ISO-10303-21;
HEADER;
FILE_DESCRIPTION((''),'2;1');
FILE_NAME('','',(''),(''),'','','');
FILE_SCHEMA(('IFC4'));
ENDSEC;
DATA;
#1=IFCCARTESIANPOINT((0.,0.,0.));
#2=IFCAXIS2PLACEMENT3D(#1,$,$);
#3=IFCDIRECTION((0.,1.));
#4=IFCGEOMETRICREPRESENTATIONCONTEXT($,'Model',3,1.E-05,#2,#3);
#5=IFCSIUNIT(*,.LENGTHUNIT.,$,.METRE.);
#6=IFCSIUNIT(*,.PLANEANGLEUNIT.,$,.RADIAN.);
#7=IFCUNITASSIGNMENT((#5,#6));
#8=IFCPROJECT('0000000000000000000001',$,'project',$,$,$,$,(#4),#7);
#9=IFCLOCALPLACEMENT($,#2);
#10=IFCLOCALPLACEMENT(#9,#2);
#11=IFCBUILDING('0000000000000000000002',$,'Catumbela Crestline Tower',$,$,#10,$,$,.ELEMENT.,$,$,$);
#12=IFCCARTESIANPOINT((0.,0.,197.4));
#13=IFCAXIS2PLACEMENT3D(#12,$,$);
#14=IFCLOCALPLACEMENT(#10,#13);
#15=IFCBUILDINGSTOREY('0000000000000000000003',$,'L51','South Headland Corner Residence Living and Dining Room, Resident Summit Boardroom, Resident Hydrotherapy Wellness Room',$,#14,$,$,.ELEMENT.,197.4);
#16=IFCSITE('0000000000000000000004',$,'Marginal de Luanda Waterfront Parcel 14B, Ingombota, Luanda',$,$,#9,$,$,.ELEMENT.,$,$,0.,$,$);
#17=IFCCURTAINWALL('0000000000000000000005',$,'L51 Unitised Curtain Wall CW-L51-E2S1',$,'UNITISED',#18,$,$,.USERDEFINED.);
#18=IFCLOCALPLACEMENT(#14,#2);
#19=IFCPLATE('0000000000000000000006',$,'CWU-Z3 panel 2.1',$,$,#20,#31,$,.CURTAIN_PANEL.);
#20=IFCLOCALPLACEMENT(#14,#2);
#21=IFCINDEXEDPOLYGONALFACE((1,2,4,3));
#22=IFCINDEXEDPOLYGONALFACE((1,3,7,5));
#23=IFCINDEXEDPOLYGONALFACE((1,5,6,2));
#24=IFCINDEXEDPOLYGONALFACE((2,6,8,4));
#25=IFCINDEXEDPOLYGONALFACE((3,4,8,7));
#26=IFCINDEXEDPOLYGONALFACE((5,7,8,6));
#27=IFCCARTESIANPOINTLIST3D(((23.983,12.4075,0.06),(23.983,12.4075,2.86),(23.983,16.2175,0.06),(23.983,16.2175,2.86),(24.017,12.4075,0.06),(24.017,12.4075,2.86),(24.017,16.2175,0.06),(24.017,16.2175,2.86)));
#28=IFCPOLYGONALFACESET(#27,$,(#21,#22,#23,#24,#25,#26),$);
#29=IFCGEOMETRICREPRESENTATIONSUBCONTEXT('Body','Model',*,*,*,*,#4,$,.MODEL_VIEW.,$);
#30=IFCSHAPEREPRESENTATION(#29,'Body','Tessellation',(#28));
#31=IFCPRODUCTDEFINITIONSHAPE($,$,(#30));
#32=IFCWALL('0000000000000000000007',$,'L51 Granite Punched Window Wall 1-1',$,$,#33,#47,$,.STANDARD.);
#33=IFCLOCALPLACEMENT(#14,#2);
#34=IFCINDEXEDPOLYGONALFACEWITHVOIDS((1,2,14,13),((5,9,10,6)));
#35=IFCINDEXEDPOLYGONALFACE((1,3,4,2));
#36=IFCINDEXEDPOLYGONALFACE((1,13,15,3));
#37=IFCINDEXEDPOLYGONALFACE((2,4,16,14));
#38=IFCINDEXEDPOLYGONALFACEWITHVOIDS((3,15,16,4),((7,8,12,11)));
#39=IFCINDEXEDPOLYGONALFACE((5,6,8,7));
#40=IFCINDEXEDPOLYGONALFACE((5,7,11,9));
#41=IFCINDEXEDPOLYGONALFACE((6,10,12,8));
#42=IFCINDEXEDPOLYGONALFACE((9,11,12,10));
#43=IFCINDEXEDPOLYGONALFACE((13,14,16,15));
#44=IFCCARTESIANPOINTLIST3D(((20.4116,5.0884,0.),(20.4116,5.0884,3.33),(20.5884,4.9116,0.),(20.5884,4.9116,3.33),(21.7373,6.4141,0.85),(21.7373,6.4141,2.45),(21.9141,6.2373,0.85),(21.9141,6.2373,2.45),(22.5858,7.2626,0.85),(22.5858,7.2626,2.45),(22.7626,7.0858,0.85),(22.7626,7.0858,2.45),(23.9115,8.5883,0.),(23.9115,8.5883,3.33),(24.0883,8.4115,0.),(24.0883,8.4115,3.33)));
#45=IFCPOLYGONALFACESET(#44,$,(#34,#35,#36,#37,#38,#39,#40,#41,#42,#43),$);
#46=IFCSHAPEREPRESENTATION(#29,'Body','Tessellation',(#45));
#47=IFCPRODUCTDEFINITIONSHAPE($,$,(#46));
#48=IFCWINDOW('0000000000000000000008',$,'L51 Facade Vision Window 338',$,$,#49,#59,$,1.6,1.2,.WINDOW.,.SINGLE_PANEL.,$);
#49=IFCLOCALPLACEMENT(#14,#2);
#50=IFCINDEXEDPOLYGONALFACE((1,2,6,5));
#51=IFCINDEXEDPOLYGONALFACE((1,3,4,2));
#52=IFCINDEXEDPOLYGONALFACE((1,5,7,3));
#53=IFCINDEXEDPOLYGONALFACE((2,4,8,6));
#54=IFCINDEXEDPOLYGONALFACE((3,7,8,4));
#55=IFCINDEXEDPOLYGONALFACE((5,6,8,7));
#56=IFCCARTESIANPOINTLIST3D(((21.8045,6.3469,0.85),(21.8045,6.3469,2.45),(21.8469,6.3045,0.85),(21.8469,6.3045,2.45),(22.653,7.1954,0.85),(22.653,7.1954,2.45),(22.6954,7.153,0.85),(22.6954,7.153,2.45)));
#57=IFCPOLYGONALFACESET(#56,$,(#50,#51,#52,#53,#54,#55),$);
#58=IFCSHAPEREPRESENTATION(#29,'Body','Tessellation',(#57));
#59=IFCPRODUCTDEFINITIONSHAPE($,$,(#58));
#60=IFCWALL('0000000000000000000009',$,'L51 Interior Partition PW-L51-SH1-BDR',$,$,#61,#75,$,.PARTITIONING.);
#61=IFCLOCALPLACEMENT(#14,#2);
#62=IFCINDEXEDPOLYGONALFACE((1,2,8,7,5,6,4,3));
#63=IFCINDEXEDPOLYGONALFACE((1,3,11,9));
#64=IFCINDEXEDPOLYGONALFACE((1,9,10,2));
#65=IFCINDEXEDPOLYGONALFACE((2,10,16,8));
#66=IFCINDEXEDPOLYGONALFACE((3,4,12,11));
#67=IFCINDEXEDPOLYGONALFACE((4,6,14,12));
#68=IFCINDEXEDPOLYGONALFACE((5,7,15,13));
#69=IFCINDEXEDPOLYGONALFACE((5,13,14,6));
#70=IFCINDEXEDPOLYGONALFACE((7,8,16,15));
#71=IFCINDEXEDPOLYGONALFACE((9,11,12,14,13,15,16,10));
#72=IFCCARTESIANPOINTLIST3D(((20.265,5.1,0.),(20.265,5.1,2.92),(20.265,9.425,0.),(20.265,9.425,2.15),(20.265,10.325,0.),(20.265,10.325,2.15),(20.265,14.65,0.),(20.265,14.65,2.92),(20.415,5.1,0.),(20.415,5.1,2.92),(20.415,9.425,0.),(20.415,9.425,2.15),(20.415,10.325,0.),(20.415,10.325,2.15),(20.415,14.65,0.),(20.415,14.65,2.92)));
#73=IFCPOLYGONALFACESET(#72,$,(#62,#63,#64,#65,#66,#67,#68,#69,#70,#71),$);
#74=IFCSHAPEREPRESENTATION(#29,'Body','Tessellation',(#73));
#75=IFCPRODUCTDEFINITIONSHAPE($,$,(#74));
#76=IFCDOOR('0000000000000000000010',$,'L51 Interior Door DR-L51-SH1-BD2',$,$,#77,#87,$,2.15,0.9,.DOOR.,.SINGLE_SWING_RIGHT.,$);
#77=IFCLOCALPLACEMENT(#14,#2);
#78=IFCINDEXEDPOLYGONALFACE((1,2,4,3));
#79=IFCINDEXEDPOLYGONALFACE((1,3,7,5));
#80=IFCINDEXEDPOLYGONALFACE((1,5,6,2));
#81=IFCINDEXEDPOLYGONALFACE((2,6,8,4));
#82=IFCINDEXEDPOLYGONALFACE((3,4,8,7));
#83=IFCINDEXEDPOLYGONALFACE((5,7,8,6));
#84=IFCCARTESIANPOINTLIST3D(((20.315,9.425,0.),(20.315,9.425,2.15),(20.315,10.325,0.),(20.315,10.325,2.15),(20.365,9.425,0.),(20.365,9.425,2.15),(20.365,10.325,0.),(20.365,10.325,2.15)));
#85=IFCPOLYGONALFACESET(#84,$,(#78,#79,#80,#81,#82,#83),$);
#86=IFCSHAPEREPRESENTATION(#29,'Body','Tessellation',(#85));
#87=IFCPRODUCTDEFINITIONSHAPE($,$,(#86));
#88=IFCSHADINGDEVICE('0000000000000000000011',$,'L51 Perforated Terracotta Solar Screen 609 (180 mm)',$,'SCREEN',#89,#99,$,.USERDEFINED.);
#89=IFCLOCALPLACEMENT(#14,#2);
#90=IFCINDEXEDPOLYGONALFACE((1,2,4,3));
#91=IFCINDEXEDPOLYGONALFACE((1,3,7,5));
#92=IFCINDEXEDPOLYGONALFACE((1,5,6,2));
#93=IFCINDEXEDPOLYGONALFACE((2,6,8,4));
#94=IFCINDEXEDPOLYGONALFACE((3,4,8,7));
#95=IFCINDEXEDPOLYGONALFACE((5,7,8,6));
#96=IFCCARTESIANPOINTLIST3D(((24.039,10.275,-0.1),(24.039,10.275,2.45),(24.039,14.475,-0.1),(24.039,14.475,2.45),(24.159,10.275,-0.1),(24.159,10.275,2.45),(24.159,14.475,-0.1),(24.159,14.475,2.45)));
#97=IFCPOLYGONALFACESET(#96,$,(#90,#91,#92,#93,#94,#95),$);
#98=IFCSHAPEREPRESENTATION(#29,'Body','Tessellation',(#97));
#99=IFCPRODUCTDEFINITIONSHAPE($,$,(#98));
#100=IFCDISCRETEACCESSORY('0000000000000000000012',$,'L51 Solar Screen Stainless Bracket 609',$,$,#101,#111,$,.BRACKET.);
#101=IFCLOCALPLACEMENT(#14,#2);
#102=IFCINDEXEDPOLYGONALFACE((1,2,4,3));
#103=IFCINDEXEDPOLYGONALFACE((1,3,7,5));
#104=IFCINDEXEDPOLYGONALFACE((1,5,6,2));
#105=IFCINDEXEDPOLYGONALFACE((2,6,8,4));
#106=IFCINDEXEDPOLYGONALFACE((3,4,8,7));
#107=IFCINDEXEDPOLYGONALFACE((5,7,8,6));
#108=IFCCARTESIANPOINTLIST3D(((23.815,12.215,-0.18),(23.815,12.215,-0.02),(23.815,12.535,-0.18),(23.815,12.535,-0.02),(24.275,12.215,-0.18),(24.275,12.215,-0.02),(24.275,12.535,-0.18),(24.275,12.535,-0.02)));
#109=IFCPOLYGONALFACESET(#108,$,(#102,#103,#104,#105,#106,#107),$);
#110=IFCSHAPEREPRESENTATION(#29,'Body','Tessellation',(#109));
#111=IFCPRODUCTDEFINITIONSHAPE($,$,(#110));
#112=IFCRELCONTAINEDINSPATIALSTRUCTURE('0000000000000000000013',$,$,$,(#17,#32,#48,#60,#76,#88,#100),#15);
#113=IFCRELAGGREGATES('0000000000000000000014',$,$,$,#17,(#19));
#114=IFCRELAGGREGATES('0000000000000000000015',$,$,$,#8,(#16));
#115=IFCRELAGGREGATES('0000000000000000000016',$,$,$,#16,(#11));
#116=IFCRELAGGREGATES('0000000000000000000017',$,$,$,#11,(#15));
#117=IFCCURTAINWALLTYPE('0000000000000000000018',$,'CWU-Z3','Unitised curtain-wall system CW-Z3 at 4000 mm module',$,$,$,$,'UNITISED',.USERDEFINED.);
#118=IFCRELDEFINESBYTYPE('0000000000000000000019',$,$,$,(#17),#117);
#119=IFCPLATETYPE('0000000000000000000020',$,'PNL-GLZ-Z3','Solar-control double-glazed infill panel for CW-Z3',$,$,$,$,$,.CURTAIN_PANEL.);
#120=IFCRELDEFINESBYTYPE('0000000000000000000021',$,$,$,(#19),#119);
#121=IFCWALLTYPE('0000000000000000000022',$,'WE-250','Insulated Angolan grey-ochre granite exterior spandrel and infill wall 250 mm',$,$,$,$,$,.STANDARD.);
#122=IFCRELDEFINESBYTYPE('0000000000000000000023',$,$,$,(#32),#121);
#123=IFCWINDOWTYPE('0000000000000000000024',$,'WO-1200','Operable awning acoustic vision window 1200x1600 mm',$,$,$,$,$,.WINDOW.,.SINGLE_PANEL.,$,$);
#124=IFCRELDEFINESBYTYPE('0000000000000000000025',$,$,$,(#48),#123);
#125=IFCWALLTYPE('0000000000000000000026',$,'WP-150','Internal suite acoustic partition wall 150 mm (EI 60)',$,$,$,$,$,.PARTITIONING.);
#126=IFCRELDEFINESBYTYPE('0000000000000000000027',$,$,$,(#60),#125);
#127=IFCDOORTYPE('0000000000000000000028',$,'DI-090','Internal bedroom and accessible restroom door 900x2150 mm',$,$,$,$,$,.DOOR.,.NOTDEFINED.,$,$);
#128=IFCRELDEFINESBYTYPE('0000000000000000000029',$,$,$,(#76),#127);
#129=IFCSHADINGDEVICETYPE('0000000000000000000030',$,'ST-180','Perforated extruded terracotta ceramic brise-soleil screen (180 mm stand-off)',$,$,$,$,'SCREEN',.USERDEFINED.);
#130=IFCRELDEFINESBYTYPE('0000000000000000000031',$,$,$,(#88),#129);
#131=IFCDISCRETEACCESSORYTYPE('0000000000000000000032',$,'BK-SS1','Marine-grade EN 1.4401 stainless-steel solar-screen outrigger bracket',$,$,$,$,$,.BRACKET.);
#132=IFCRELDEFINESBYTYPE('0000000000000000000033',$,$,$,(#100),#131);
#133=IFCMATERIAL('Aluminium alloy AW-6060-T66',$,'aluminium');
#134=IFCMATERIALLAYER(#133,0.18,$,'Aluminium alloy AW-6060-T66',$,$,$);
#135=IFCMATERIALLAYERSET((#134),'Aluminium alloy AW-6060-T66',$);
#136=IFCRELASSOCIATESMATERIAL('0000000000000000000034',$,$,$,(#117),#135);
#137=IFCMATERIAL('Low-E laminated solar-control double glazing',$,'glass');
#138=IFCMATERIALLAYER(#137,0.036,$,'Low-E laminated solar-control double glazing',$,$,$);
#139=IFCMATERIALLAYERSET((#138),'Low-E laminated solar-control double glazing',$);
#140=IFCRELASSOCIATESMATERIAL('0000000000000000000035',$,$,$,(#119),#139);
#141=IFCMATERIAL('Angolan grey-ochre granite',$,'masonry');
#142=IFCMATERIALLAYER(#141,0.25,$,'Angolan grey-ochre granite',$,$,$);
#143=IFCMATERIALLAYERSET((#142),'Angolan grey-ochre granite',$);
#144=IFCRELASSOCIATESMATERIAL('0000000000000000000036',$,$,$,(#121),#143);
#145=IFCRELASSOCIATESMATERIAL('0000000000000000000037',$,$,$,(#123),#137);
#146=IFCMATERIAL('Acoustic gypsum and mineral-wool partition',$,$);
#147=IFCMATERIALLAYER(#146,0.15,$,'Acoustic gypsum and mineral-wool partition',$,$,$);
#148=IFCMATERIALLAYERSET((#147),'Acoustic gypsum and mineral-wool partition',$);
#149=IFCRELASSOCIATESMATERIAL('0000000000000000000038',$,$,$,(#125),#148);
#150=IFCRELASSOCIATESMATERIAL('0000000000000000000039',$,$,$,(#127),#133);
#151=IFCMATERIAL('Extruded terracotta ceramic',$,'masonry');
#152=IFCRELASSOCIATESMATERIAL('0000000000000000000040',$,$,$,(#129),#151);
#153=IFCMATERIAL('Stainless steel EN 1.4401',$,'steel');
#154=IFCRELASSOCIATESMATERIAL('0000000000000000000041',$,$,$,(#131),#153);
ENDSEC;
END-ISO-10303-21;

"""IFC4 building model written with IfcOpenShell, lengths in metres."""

from ifc_helpers import new_model, si_unit, direction, frame, frame_2d, origin, origin_2d, place, context, subcontext, project, spatial, rectangle, extrude, material, layer, layer_set, type_object, element, fill, aggregate, save


model = new_model("IFC4")

# Units and contexts
model_context = context("Model", 3, precision=1e-05, world=origin(), true_north=direction((0.0, 1.0)))
body_context = subcontext(model_context, "Body", "Model", "MODEL_VIEW")
ifc_project = project(units=[si_unit("LENGTHUNIT", "METRE"), si_unit("PLANEANGLEUNIT", "RADIAN")], contexts=[model_context])

# Site, building, storey
site_placement = place(None, origin())
site = spatial("IfcSite", under=ifc_project, at=site_placement, Name="Marginal de Luanda Waterfront Parcel 14B, Ingombota, Luanda", CompositionType="ELEMENT", RefElevation=0.0)
building_placement = place(site_placement, origin())
building = spatial("IfcBuilding", under=site, at=building_placement, Name="Catumbela Crestline Tower", CompositionType="ELEMENT")
storey_placement = place(building_placement, frame((0.0, 0.0, 197.4)))
storey = spatial("IfcBuildingStorey", under=building, at=storey_placement, Name="L51", Description="South Headland Corner Residence Living and Dining Room, Resident Summit Boardroom, Resident Hydrotherapy Wellness Room", CompositionType="ELEMENT", Elevation=197.4)

# Shared definitions
ifc_material_1 = material(Name="Aluminium alloy AW-6060-T66", Category="aluminium")
ifc_layer_1 = layer(ifc_material_1, 0.18, Name="Aluminium alloy AW-6060-T66")
ifc_layer_set_1 = layer_set([ifc_layer_1], Name="Aluminium alloy AW-6060-T66")
curtain_wall_type = type_object("IfcCurtainWallType", Name="CWU-Z3", Description="Unitised curtain-wall system CW-Z3 at 4000 mm module", ElementType="UNITISED", PredefinedType="USERDEFINED", material=ifc_layer_set_1)

# Curtain wall
curtain_wall_1_placement = place(storey_placement, origin())
curtain_wall_1 = element("IfcCurtainWall", 1, at=curtain_wall_1_placement, inside=storey, type_object=curtain_wall_type, Name="L51 Unitised Curtain Wall CW-L51-E2S1", ObjectType="UNITISED", PredefinedType="USERDEFINED")

# Plate
ifc_material_2 = material(Name="Low-E laminated solar-control double glazing", Category="glass")
ifc_layer_2 = layer(ifc_material_2, 0.036, Name="Low-E laminated solar-control double glazing")
ifc_layer_set_2 = layer_set([ifc_layer_2], Name="Low-E laminated solar-control double glazing")
plate_type = type_object("IfcPlateType", Name="PNL-GLZ-Z3", Description="Solar-control double-glazed infill panel for CW-Z3", PredefinedType="CURTAIN_PANEL", material=ifc_layer_set_2)
plate_1_placement = place(storey_placement, frame((24.0, 14.3125, 0.06), z_axis=(0.0, 0.0, 1.0), x_axis=(0.0, 1.0, 0.0)))
plate_1 = element("IfcPlate", 2, at=plate_1_placement, type_object=plate_type, Name="CWU-Z3 panel 2.1", PredefinedType="CURTAIN_PANEL", context=body_context, shape_type="SweptSolid", body=[
    extrude(rectangle(XDim=3.81, YDim=0.034, at=origin_2d()), origin(), (0.0, 0.0, 1.0), 2.8),
])
aggregate(curtain_wall_1, [plate_1])

# Wall, opening, window
ifc_material_3 = material(Name="Angolan grey-ochre granite", Category="masonry")
ifc_layer_3 = layer(ifc_material_3, 0.25, Name="Angolan grey-ochre granite")
ifc_layer_set_3 = layer_set([ifc_layer_3], Name="Angolan grey-ochre granite")
wall_type_1 = type_object("IfcWallType", Name="WE-250", Description="Insulated Angolan grey-ochre granite exterior spandrel and infill wall 250 mm", PredefinedType="STANDARD", material=ifc_layer_set_3)
wall_1_placement = place(storey_placement, frame((20.5, 5.0, 0.0), z_axis=(0.0, 0.0, 1.0), x_axis=(0.707107, 0.707107, 0.0)))
wall_1 = element("IfcWall", 3, at=wall_1_placement, inside=storey, type_object=wall_type_1, Name="L51 Granite Punched Window Wall 1-1", PredefinedType="STANDARD", context=body_context, shape_type="SweptSolid", body=[
    extrude(rectangle(XDim=4.9497, YDim=0.25, at=frame_2d((2.4748, 0.0))), origin(), (0.0, 0.0, 1.0), 3.33),
])
opening_1_placement = place(wall_1_placement, frame((1.8748, 0.0, 0.85)))
opening_1 = element("IfcOpeningElement", 4, at=opening_1_placement, cuts=wall_1, PredefinedType="OPENING", context=body_context, shape_type="SweptSolid", body=[
    extrude(rectangle(XDim=1.2, YDim=1.6, at=frame_2d((0.6, 0.8))), frame((0.0, 0.135, 0.0), z_axis=(0.0, -1.0, 0.0), x_axis=(1.0, 0.0, 0.0)), (0.0, 0.0, 1.0), 0.27),
])
window_type = type_object("IfcWindowType", Name="WO-1200", Description="Operable awning acoustic vision window 1200x1600 mm", PartitioningType="SINGLE_PANEL", PredefinedType="WINDOW", material=ifc_material_2)
window_placement = place(opening_1_placement, origin())
window = element("IfcWindow", 5, at=window_placement, inside=storey, type_object=window_type, Name="L51 Facade Vision Window 338", OverallHeight=1.6, OverallWidth=1.2, PartitioningType="SINGLE_PANEL", PredefinedType="WINDOW", context=body_context, shape_type="SweptSolid", body=[
    extrude(rectangle(XDim=1.2, YDim=1.6, at=frame_2d((0.6, 0.8))), frame((0.0, 0.03, 0.0), z_axis=(0.0, -1.0, 0.0), x_axis=(1.0, 0.0, 0.0)), (0.0, 0.0, 1.0), 0.06),
])
fill(opening_1, window)

# Wall, opening, door
ifc_material_4 = material(Name="Acoustic gypsum and mineral-wool partition")
ifc_layer_4 = layer(ifc_material_4, 0.15, Name="Acoustic gypsum and mineral-wool partition")
ifc_layer_set_4 = layer_set([ifc_layer_4], Name="Acoustic gypsum and mineral-wool partition")
wall_type_2 = type_object("IfcWallType", Name="WP-150", Description="Internal suite acoustic partition wall 150 mm (EI 60)", PredefinedType="PARTITIONING", material=ifc_layer_set_4)
wall_2_placement = place(storey_placement, frame((20.34, 5.1, 0.0), z_axis=(0.0, 0.0, 1.0), x_axis=(0.0, 1.0, 0.0)))
wall_2 = element("IfcWall", 6, at=wall_2_placement, inside=storey, type_object=wall_type_2, Name="L51 Interior Partition PW-L51-SH1-BDR", PredefinedType="PARTITIONING", context=body_context, shape_type="SweptSolid", body=[
    extrude(rectangle(XDim=9.55, YDim=0.15, at=frame_2d((4.775, 0.0))), origin(), (0.0, 0.0, 1.0), 2.92),
])
opening_2_placement = place(wall_2_placement, frame((4.325, 0.0, 0.0)))
opening_2 = element("IfcOpeningElement", 7, at=opening_2_placement, cuts=wall_2, PredefinedType="OPENING", context=body_context, shape_type="SweptSolid", body=[
    extrude(rectangle(XDim=0.9, YDim=2.15, at=frame_2d((0.45, 1.075))), frame((0.0, 0.085, 0.0), z_axis=(0.0, -1.0, 0.0), x_axis=(1.0, 0.0, 0.0)), (0.0, 0.0, 1.0), 0.17),
])
door_type = type_object("IfcDoorType", Name="DI-090", Description="Internal bedroom and accessible restroom door 900x2150 mm", OperationType="NOTDEFINED", PredefinedType="DOOR", material=ifc_material_1)
door_placement = place(opening_2_placement, origin())
door = element("IfcDoor", 8, at=door_placement, inside=storey, type_object=door_type, Name="L51 Interior Door DR-L51-SH1-BD2", OperationType="SINGLE_SWING_RIGHT", OverallHeight=2.15, OverallWidth=0.9, PredefinedType="DOOR", context=body_context, shape_type="SweptSolid", body=[
    extrude(rectangle(XDim=0.9, YDim=2.15, at=frame_2d((0.45, 1.075))), frame((0.0, 0.025, 0.0), z_axis=(0.0, -1.0, 0.0), x_axis=(1.0, 0.0, 0.0)), (0.0, 0.0, 1.0), 0.05),
])
fill(opening_2, door)

# Shading device
ifc_material_5 = material(Name="Extruded terracotta ceramic", Category="masonry")
shading_device_type = type_object("IfcShadingDeviceType", Name="ST-180", Description="Perforated extruded terracotta ceramic brise-soleil screen (180 mm stand-off)", ElementType="SCREEN", PredefinedType="USERDEFINED", material=ifc_material_5)
shading_device_placement = place(storey_placement, frame((24.099, 12.375, -0.1), z_axis=(0.0, 0.0, 1.0), x_axis=(0.0, 1.0, 0.0)))
element("IfcShadingDevice", 9, at=shading_device_placement, inside=storey, type_object=shading_device_type, Name="L51 Perforated Terracotta Solar Screen 609 (180 mm)", ObjectType="SCREEN", PredefinedType="USERDEFINED", context=body_context, shape_type="SweptSolid", body=[
    extrude(rectangle(XDim=4.2, YDim=0.12, at=origin_2d()), origin(), (0.0, 0.0, 1.0), 2.55),
])

# Discrete accessory
ifc_material_6 = material(Name="Stainless steel EN 1.4401", Category="steel")
discrete_accessory_type = type_object("IfcDiscreteAccessoryType", Name="BK-SS1", Description="Marine-grade EN 1.4401 stainless-steel solar-screen outrigger bracket", PredefinedType="BRACKET", material=ifc_material_6)
discrete_accessory_placement = place(storey_placement, frame((24.045, 12.375, -0.18), z_axis=(0.0, 0.0, 1.0), x_axis=(0.0, 1.0, 0.0)))
element("IfcDiscreteAccessory", 10, at=discrete_accessory_placement, inside=storey, type_object=discrete_accessory_type, Name="L51 Solar Screen Stainless Bracket 609", PredefinedType="BRACKET", context=body_context, shape_type="SweptSolid", body=[
    extrude(rectangle(XDim=0.32, YDim=0.46, at=origin_2d()), origin(), (0.0, 0.0, 1.0), 0.16),
])

save(model, "model.ifc")
